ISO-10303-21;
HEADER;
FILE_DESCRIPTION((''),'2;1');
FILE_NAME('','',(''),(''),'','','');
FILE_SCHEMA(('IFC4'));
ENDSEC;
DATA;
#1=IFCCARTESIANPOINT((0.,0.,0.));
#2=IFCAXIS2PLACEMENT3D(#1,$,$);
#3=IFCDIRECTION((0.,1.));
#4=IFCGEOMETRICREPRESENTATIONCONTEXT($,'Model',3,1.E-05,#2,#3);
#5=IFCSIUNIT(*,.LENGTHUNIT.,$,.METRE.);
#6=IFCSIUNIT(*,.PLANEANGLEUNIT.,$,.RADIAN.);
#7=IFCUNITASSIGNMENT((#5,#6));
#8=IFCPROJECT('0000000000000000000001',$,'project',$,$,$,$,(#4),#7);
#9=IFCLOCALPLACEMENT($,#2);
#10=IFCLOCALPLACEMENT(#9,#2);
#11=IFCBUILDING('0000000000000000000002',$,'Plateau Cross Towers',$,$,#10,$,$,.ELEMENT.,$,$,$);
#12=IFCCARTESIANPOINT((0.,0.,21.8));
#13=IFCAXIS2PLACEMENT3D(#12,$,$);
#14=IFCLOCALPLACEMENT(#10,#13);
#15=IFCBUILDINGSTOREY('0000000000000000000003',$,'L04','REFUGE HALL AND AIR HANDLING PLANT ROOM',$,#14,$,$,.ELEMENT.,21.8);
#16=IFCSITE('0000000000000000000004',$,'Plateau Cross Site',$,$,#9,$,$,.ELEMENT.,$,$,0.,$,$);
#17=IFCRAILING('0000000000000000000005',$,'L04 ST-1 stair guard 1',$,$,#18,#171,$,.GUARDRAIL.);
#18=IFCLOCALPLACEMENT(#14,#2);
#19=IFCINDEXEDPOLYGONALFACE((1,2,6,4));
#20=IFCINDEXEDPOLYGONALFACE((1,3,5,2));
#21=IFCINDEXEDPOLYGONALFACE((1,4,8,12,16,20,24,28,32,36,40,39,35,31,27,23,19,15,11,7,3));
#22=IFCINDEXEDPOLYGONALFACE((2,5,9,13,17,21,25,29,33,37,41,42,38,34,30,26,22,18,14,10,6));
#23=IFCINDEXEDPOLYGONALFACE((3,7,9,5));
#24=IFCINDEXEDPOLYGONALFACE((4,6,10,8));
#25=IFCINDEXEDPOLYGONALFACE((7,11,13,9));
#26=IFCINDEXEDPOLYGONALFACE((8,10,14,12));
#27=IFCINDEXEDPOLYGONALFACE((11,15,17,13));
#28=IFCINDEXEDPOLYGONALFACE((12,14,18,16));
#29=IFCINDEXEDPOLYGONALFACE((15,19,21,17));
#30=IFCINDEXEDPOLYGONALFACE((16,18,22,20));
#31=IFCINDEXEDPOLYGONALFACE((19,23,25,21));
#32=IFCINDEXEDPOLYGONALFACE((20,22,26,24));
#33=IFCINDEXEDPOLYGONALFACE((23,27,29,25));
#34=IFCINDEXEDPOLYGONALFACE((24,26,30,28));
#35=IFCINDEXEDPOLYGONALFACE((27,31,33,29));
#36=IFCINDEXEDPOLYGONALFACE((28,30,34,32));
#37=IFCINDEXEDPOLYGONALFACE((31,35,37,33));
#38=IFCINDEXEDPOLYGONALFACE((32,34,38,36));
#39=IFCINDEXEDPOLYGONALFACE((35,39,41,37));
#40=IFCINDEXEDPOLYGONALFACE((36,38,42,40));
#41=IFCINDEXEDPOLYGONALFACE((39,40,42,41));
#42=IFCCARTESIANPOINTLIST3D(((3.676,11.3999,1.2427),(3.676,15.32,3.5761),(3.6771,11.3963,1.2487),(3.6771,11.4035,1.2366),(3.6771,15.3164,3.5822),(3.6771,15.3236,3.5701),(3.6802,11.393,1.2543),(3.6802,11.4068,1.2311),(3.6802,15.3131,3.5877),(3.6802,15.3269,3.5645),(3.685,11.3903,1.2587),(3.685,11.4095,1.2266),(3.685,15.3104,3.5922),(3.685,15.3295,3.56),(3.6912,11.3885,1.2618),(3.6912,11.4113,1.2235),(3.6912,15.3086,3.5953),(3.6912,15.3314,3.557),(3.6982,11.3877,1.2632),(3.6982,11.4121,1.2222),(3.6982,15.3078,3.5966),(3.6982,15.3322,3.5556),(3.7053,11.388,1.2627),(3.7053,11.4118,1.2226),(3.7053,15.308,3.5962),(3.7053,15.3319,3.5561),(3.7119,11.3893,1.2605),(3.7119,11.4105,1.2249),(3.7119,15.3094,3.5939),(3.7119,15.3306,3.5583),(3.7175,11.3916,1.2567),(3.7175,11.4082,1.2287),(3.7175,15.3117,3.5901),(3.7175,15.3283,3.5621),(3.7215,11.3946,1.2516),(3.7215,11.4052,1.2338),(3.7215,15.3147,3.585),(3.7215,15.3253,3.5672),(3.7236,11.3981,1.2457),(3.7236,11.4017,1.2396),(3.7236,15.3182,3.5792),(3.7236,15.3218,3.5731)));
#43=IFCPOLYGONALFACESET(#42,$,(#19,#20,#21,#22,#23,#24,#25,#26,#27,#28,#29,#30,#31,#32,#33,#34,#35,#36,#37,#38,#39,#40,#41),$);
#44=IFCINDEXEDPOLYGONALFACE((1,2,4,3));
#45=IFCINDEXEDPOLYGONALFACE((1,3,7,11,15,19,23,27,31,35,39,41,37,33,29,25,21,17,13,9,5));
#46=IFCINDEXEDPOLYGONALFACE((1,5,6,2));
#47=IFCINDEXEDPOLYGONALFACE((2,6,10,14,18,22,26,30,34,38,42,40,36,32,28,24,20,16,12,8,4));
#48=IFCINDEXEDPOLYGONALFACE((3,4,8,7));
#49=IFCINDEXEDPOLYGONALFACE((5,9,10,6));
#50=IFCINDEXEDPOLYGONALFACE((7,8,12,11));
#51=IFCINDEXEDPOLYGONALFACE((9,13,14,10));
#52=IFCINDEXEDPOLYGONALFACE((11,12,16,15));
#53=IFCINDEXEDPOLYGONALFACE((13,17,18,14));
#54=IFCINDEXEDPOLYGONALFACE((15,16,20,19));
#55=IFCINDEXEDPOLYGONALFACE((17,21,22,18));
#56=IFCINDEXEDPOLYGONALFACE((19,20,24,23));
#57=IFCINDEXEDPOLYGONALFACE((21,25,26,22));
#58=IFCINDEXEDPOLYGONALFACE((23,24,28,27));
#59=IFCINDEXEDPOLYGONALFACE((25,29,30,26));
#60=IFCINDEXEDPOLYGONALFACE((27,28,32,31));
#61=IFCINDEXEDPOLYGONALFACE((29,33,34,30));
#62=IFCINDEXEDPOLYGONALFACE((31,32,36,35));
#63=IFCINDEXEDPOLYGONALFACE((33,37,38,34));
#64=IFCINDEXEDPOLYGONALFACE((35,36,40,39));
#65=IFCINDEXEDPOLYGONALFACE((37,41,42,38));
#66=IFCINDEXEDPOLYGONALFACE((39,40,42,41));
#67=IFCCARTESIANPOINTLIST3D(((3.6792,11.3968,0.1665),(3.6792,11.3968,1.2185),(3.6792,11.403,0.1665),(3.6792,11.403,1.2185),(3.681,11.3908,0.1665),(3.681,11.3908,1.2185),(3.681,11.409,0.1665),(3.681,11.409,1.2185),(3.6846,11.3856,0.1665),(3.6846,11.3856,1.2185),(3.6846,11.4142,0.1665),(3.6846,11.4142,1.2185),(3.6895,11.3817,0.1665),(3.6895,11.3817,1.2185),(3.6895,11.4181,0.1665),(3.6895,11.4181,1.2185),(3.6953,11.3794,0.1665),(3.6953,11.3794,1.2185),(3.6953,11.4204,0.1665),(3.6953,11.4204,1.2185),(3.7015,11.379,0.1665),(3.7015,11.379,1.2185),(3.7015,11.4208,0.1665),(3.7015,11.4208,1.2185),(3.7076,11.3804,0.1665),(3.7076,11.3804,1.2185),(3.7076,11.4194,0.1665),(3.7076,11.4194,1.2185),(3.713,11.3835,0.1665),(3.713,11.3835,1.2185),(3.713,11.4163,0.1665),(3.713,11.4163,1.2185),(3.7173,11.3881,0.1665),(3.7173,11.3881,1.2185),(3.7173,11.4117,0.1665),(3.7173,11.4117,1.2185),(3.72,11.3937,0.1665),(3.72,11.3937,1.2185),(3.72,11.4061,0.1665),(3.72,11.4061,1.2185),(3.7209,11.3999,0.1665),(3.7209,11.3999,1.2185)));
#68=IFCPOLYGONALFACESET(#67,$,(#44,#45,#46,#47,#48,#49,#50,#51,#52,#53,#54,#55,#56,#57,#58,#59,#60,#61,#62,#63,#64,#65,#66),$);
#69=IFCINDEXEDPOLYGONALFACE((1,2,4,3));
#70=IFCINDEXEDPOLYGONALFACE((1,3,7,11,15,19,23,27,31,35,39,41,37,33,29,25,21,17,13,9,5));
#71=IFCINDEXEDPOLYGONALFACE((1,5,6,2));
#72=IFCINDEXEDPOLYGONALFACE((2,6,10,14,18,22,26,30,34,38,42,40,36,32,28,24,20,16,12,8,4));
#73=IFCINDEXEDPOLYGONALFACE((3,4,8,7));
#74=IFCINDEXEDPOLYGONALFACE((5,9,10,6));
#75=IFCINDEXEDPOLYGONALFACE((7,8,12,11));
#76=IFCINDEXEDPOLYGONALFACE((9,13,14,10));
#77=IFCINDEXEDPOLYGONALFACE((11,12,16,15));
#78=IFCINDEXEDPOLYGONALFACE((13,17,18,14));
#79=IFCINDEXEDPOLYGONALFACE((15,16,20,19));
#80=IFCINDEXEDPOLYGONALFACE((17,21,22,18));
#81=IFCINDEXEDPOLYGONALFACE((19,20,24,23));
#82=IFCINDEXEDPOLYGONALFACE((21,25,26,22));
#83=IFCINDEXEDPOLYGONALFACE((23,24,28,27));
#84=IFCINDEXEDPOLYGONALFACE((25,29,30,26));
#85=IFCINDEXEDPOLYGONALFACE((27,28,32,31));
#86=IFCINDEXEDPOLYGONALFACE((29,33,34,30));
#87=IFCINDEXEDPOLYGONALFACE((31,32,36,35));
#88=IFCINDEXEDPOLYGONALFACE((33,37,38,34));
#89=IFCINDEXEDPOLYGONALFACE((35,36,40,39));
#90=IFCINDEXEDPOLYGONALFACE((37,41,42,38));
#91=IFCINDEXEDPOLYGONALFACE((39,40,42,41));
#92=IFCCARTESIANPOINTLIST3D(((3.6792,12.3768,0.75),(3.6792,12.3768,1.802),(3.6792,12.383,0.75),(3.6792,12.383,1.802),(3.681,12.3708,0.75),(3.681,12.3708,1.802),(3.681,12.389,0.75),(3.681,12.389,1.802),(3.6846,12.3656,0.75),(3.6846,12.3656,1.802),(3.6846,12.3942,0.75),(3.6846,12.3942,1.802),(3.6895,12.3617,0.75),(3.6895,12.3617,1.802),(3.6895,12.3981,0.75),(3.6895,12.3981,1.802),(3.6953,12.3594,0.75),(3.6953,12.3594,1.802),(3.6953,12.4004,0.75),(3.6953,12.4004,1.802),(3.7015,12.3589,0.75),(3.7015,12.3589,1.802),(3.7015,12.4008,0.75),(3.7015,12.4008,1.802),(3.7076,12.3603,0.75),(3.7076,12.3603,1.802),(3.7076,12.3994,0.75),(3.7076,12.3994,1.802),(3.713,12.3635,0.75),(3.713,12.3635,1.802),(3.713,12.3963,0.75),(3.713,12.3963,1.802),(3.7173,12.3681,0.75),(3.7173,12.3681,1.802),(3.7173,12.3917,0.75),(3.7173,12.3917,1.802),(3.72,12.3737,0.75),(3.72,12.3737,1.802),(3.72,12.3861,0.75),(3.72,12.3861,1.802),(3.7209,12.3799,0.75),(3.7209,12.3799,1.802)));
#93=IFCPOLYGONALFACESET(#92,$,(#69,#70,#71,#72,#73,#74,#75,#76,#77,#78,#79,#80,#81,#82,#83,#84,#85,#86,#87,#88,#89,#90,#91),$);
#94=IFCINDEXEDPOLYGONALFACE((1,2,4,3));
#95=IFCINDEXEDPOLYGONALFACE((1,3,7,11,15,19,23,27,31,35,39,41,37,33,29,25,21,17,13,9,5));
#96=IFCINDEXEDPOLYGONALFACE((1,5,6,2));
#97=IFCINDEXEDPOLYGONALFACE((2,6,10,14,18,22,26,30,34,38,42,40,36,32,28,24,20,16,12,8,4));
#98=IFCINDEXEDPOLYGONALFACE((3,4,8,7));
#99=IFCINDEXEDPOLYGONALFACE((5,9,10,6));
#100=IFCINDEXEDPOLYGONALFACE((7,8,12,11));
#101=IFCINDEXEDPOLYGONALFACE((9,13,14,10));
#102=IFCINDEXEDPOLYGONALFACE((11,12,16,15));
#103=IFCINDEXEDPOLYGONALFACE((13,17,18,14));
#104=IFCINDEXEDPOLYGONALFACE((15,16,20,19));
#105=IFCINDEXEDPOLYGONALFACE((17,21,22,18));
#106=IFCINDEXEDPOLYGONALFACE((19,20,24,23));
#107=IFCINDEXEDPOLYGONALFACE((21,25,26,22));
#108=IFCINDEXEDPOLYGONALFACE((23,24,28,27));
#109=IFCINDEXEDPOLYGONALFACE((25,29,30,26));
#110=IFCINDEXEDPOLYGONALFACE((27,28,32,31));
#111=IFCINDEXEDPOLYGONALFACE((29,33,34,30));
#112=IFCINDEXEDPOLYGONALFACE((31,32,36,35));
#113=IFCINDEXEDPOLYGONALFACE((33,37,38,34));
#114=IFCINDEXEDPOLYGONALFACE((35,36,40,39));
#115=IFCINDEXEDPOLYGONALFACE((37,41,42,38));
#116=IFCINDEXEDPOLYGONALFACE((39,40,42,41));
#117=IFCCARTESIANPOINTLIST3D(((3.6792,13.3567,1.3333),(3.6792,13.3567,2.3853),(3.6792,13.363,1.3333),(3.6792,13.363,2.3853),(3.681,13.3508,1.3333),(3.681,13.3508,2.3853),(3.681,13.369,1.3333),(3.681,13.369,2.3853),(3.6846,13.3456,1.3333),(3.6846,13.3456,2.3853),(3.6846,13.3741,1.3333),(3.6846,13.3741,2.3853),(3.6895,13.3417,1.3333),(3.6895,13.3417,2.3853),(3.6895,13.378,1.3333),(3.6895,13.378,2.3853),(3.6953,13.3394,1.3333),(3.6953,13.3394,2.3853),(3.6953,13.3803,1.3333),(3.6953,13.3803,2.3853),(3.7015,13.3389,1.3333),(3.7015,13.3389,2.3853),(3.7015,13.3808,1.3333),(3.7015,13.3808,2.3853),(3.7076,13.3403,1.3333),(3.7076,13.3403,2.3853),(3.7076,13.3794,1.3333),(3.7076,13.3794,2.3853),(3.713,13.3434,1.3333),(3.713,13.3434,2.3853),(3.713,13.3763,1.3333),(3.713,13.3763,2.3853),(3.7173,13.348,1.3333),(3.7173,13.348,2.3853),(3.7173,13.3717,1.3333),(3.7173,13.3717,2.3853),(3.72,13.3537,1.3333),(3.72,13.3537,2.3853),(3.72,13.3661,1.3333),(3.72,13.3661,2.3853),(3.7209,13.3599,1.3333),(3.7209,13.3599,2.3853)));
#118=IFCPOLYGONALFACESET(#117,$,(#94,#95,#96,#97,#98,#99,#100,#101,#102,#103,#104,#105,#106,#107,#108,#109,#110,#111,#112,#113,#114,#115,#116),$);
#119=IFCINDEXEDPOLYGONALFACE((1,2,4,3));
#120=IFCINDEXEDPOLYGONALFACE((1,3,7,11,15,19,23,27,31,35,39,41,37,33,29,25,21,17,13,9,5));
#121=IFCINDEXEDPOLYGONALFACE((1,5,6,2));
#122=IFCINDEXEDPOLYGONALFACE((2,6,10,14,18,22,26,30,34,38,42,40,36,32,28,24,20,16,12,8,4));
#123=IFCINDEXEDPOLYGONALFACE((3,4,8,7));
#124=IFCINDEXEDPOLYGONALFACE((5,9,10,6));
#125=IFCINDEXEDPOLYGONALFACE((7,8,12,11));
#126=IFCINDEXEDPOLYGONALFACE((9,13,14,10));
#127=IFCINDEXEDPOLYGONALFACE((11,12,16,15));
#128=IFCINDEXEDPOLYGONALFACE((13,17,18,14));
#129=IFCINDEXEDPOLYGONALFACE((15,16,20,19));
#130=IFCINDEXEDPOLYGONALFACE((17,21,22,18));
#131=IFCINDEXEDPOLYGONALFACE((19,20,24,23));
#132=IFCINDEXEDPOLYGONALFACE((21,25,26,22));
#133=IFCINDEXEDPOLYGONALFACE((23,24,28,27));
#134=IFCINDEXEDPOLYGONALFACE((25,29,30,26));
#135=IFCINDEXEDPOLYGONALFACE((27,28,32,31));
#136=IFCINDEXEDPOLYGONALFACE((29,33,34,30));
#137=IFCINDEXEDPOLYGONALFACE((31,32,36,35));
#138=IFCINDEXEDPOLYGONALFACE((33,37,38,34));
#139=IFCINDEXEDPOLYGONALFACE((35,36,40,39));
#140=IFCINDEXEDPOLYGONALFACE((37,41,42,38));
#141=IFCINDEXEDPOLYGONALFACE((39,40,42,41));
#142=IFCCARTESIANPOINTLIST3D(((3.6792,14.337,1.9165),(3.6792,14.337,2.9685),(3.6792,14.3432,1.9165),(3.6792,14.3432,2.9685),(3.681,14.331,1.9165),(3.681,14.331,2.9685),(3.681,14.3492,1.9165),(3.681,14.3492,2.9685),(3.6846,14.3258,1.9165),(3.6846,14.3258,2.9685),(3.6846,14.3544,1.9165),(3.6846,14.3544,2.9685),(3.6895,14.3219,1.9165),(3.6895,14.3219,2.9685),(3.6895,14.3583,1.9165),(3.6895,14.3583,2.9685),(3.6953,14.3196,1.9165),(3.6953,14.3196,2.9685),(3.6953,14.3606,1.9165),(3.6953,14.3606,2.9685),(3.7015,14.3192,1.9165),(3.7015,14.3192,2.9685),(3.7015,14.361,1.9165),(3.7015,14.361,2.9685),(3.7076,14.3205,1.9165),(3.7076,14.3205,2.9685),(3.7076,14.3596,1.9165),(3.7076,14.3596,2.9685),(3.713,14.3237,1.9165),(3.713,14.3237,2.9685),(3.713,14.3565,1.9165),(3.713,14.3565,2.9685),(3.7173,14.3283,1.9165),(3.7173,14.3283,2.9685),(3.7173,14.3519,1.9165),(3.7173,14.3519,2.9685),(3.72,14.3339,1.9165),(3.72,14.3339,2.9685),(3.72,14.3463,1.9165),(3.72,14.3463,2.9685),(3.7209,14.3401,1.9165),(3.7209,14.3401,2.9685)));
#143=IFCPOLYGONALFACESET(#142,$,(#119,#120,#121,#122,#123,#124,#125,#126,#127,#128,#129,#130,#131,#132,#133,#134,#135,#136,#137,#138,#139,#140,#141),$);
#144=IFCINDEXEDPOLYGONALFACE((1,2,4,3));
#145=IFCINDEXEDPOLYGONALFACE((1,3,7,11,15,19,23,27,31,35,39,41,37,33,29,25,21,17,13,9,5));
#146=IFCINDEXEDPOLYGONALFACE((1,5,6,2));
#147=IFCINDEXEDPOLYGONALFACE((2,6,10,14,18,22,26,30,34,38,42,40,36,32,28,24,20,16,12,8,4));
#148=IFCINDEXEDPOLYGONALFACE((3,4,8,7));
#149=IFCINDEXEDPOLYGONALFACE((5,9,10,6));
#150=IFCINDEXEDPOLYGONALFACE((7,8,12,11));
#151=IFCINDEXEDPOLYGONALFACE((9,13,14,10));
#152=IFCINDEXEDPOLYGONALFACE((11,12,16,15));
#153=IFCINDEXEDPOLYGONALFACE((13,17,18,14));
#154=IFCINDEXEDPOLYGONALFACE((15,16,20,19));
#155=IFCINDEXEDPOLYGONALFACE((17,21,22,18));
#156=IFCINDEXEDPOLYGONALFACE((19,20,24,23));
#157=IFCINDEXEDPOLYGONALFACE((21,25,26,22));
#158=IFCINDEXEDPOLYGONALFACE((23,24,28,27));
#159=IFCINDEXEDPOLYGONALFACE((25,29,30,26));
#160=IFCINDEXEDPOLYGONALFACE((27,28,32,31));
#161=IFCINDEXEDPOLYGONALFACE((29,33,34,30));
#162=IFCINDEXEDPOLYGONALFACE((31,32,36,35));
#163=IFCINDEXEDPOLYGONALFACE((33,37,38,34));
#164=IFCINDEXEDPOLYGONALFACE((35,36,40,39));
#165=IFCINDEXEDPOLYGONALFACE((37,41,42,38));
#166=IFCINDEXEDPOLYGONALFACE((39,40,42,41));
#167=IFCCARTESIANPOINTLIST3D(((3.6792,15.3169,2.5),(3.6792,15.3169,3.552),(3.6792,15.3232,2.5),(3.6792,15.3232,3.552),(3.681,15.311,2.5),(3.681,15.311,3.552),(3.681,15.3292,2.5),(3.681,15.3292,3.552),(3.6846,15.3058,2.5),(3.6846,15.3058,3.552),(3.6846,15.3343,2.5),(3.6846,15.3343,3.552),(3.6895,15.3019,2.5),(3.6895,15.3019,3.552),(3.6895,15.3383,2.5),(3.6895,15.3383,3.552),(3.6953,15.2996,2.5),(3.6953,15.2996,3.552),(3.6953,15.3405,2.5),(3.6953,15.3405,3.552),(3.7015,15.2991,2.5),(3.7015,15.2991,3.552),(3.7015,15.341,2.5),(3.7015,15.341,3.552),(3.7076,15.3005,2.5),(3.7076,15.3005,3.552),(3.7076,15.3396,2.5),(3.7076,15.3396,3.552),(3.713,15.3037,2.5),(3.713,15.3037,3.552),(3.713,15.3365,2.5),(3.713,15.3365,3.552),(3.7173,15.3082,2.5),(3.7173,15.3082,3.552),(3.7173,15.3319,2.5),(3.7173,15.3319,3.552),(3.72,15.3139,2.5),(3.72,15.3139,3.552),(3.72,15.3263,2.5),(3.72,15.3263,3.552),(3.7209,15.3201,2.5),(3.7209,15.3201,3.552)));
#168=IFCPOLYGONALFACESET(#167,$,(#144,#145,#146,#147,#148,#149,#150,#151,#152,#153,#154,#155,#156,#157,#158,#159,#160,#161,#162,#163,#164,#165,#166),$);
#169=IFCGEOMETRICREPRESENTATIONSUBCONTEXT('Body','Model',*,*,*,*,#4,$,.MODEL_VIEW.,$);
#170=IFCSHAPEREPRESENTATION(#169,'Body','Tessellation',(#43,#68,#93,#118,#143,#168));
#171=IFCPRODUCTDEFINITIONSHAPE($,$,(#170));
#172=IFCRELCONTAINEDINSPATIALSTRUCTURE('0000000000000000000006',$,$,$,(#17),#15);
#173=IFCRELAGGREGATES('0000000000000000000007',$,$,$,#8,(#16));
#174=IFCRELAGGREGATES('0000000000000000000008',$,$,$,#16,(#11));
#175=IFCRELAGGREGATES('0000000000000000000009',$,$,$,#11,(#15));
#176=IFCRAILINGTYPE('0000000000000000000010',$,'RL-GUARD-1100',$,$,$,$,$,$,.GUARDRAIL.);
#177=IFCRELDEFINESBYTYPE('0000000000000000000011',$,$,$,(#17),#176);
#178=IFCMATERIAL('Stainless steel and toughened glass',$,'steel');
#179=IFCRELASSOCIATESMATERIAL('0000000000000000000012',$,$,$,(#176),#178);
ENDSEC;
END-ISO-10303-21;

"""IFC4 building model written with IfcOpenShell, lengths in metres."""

from ifc_helpers import new_model, si_unit, direction, frame, origin, origin_2d, place, context, subcontext, project, spatial, circle, extrude, material, type_object, element, save


model = new_model("IFC4")

# Units and contexts
model_context = context("Model", 3, precision=1e-05, world=origin(), true_north=direction((0.0, 1.0)))
body_context = subcontext(model_context, "Body", "Model", "MODEL_VIEW")
ifc_project = project(units=[si_unit("LENGTHUNIT", "METRE"), si_unit("PLANEANGLEUNIT", "RADIAN")], contexts=[model_context])

# Site, building, storey
site_placement = place(None, origin())
site = spatial("IfcSite", under=ifc_project, at=site_placement, Name="Plateau Cross Site", CompositionType="ELEMENT", RefElevation=0.0)
building_placement = place(site_placement, origin())
building = spatial("IfcBuilding", under=site, at=building_placement, Name="Plateau Cross Towers", CompositionType="ELEMENT")
storey_placement = place(building_placement, frame((0.0, 0.0, 21.8)))
storey = spatial("IfcBuildingStorey", under=building, at=storey_placement, Name="L04", Description="REFUGE HALL AND AIR HANDLING PLANT ROOM", CompositionType="ELEMENT", Elevation=21.8)

# Railing
ifc_material_1 = material(Name="Stainless steel and toughened glass", Category="steel")
railing_type_1 = type_object("IfcRailingType", Name="RL-GUARD-1100", PredefinedType="GUARDRAIL", material=ifc_material_1)
railing_1_placement = place(storey_placement, frame((3.7, 11.3999, 0.1665)))
element("IfcRailing", 1, at=railing_1_placement, inside=storey, type_object=railing_type_1, Name="L04 ST-1 stair guard 1", PredefinedType="GUARDRAIL", context=body_context, shape_type="SweptSolid", body=[
    extrude(circle(Radius=0.0239, at=origin_2d()), frame((0.0, 0.0, 1.0762), z_axis=(0.0, 0.859287, 0.511494), x_axis=(-1.0, 0.0, 0.0)), (0.0, 0.0, 1.0), 4.562),
    extrude(circle(Radius=0.021, at=origin_2d()), origin(), (0.0, 0.0, 1.0), 1.052),
    extrude(circle(Radius=0.021, at=origin_2d()), frame((0.0, 0.98, 0.5835)), (0.0, 0.0, 1.0), 1.052),
    extrude(circle(Radius=0.021, at=origin_2d()), frame((0.0, 1.96, 1.1667)), (0.0, 0.0, 1.0), 1.052),
    extrude(circle(Radius=0.021, at=origin_2d()), frame((0.0, 2.9402, 1.75)), (0.0, 0.0, 1.0), 1.052),
    extrude(circle(Radius=0.021, at=origin_2d()), frame((0.0, 3.9202, 2.3335)), (0.0, 0.0, 1.0), 1.052),
])

save(model, "model.ifc")
